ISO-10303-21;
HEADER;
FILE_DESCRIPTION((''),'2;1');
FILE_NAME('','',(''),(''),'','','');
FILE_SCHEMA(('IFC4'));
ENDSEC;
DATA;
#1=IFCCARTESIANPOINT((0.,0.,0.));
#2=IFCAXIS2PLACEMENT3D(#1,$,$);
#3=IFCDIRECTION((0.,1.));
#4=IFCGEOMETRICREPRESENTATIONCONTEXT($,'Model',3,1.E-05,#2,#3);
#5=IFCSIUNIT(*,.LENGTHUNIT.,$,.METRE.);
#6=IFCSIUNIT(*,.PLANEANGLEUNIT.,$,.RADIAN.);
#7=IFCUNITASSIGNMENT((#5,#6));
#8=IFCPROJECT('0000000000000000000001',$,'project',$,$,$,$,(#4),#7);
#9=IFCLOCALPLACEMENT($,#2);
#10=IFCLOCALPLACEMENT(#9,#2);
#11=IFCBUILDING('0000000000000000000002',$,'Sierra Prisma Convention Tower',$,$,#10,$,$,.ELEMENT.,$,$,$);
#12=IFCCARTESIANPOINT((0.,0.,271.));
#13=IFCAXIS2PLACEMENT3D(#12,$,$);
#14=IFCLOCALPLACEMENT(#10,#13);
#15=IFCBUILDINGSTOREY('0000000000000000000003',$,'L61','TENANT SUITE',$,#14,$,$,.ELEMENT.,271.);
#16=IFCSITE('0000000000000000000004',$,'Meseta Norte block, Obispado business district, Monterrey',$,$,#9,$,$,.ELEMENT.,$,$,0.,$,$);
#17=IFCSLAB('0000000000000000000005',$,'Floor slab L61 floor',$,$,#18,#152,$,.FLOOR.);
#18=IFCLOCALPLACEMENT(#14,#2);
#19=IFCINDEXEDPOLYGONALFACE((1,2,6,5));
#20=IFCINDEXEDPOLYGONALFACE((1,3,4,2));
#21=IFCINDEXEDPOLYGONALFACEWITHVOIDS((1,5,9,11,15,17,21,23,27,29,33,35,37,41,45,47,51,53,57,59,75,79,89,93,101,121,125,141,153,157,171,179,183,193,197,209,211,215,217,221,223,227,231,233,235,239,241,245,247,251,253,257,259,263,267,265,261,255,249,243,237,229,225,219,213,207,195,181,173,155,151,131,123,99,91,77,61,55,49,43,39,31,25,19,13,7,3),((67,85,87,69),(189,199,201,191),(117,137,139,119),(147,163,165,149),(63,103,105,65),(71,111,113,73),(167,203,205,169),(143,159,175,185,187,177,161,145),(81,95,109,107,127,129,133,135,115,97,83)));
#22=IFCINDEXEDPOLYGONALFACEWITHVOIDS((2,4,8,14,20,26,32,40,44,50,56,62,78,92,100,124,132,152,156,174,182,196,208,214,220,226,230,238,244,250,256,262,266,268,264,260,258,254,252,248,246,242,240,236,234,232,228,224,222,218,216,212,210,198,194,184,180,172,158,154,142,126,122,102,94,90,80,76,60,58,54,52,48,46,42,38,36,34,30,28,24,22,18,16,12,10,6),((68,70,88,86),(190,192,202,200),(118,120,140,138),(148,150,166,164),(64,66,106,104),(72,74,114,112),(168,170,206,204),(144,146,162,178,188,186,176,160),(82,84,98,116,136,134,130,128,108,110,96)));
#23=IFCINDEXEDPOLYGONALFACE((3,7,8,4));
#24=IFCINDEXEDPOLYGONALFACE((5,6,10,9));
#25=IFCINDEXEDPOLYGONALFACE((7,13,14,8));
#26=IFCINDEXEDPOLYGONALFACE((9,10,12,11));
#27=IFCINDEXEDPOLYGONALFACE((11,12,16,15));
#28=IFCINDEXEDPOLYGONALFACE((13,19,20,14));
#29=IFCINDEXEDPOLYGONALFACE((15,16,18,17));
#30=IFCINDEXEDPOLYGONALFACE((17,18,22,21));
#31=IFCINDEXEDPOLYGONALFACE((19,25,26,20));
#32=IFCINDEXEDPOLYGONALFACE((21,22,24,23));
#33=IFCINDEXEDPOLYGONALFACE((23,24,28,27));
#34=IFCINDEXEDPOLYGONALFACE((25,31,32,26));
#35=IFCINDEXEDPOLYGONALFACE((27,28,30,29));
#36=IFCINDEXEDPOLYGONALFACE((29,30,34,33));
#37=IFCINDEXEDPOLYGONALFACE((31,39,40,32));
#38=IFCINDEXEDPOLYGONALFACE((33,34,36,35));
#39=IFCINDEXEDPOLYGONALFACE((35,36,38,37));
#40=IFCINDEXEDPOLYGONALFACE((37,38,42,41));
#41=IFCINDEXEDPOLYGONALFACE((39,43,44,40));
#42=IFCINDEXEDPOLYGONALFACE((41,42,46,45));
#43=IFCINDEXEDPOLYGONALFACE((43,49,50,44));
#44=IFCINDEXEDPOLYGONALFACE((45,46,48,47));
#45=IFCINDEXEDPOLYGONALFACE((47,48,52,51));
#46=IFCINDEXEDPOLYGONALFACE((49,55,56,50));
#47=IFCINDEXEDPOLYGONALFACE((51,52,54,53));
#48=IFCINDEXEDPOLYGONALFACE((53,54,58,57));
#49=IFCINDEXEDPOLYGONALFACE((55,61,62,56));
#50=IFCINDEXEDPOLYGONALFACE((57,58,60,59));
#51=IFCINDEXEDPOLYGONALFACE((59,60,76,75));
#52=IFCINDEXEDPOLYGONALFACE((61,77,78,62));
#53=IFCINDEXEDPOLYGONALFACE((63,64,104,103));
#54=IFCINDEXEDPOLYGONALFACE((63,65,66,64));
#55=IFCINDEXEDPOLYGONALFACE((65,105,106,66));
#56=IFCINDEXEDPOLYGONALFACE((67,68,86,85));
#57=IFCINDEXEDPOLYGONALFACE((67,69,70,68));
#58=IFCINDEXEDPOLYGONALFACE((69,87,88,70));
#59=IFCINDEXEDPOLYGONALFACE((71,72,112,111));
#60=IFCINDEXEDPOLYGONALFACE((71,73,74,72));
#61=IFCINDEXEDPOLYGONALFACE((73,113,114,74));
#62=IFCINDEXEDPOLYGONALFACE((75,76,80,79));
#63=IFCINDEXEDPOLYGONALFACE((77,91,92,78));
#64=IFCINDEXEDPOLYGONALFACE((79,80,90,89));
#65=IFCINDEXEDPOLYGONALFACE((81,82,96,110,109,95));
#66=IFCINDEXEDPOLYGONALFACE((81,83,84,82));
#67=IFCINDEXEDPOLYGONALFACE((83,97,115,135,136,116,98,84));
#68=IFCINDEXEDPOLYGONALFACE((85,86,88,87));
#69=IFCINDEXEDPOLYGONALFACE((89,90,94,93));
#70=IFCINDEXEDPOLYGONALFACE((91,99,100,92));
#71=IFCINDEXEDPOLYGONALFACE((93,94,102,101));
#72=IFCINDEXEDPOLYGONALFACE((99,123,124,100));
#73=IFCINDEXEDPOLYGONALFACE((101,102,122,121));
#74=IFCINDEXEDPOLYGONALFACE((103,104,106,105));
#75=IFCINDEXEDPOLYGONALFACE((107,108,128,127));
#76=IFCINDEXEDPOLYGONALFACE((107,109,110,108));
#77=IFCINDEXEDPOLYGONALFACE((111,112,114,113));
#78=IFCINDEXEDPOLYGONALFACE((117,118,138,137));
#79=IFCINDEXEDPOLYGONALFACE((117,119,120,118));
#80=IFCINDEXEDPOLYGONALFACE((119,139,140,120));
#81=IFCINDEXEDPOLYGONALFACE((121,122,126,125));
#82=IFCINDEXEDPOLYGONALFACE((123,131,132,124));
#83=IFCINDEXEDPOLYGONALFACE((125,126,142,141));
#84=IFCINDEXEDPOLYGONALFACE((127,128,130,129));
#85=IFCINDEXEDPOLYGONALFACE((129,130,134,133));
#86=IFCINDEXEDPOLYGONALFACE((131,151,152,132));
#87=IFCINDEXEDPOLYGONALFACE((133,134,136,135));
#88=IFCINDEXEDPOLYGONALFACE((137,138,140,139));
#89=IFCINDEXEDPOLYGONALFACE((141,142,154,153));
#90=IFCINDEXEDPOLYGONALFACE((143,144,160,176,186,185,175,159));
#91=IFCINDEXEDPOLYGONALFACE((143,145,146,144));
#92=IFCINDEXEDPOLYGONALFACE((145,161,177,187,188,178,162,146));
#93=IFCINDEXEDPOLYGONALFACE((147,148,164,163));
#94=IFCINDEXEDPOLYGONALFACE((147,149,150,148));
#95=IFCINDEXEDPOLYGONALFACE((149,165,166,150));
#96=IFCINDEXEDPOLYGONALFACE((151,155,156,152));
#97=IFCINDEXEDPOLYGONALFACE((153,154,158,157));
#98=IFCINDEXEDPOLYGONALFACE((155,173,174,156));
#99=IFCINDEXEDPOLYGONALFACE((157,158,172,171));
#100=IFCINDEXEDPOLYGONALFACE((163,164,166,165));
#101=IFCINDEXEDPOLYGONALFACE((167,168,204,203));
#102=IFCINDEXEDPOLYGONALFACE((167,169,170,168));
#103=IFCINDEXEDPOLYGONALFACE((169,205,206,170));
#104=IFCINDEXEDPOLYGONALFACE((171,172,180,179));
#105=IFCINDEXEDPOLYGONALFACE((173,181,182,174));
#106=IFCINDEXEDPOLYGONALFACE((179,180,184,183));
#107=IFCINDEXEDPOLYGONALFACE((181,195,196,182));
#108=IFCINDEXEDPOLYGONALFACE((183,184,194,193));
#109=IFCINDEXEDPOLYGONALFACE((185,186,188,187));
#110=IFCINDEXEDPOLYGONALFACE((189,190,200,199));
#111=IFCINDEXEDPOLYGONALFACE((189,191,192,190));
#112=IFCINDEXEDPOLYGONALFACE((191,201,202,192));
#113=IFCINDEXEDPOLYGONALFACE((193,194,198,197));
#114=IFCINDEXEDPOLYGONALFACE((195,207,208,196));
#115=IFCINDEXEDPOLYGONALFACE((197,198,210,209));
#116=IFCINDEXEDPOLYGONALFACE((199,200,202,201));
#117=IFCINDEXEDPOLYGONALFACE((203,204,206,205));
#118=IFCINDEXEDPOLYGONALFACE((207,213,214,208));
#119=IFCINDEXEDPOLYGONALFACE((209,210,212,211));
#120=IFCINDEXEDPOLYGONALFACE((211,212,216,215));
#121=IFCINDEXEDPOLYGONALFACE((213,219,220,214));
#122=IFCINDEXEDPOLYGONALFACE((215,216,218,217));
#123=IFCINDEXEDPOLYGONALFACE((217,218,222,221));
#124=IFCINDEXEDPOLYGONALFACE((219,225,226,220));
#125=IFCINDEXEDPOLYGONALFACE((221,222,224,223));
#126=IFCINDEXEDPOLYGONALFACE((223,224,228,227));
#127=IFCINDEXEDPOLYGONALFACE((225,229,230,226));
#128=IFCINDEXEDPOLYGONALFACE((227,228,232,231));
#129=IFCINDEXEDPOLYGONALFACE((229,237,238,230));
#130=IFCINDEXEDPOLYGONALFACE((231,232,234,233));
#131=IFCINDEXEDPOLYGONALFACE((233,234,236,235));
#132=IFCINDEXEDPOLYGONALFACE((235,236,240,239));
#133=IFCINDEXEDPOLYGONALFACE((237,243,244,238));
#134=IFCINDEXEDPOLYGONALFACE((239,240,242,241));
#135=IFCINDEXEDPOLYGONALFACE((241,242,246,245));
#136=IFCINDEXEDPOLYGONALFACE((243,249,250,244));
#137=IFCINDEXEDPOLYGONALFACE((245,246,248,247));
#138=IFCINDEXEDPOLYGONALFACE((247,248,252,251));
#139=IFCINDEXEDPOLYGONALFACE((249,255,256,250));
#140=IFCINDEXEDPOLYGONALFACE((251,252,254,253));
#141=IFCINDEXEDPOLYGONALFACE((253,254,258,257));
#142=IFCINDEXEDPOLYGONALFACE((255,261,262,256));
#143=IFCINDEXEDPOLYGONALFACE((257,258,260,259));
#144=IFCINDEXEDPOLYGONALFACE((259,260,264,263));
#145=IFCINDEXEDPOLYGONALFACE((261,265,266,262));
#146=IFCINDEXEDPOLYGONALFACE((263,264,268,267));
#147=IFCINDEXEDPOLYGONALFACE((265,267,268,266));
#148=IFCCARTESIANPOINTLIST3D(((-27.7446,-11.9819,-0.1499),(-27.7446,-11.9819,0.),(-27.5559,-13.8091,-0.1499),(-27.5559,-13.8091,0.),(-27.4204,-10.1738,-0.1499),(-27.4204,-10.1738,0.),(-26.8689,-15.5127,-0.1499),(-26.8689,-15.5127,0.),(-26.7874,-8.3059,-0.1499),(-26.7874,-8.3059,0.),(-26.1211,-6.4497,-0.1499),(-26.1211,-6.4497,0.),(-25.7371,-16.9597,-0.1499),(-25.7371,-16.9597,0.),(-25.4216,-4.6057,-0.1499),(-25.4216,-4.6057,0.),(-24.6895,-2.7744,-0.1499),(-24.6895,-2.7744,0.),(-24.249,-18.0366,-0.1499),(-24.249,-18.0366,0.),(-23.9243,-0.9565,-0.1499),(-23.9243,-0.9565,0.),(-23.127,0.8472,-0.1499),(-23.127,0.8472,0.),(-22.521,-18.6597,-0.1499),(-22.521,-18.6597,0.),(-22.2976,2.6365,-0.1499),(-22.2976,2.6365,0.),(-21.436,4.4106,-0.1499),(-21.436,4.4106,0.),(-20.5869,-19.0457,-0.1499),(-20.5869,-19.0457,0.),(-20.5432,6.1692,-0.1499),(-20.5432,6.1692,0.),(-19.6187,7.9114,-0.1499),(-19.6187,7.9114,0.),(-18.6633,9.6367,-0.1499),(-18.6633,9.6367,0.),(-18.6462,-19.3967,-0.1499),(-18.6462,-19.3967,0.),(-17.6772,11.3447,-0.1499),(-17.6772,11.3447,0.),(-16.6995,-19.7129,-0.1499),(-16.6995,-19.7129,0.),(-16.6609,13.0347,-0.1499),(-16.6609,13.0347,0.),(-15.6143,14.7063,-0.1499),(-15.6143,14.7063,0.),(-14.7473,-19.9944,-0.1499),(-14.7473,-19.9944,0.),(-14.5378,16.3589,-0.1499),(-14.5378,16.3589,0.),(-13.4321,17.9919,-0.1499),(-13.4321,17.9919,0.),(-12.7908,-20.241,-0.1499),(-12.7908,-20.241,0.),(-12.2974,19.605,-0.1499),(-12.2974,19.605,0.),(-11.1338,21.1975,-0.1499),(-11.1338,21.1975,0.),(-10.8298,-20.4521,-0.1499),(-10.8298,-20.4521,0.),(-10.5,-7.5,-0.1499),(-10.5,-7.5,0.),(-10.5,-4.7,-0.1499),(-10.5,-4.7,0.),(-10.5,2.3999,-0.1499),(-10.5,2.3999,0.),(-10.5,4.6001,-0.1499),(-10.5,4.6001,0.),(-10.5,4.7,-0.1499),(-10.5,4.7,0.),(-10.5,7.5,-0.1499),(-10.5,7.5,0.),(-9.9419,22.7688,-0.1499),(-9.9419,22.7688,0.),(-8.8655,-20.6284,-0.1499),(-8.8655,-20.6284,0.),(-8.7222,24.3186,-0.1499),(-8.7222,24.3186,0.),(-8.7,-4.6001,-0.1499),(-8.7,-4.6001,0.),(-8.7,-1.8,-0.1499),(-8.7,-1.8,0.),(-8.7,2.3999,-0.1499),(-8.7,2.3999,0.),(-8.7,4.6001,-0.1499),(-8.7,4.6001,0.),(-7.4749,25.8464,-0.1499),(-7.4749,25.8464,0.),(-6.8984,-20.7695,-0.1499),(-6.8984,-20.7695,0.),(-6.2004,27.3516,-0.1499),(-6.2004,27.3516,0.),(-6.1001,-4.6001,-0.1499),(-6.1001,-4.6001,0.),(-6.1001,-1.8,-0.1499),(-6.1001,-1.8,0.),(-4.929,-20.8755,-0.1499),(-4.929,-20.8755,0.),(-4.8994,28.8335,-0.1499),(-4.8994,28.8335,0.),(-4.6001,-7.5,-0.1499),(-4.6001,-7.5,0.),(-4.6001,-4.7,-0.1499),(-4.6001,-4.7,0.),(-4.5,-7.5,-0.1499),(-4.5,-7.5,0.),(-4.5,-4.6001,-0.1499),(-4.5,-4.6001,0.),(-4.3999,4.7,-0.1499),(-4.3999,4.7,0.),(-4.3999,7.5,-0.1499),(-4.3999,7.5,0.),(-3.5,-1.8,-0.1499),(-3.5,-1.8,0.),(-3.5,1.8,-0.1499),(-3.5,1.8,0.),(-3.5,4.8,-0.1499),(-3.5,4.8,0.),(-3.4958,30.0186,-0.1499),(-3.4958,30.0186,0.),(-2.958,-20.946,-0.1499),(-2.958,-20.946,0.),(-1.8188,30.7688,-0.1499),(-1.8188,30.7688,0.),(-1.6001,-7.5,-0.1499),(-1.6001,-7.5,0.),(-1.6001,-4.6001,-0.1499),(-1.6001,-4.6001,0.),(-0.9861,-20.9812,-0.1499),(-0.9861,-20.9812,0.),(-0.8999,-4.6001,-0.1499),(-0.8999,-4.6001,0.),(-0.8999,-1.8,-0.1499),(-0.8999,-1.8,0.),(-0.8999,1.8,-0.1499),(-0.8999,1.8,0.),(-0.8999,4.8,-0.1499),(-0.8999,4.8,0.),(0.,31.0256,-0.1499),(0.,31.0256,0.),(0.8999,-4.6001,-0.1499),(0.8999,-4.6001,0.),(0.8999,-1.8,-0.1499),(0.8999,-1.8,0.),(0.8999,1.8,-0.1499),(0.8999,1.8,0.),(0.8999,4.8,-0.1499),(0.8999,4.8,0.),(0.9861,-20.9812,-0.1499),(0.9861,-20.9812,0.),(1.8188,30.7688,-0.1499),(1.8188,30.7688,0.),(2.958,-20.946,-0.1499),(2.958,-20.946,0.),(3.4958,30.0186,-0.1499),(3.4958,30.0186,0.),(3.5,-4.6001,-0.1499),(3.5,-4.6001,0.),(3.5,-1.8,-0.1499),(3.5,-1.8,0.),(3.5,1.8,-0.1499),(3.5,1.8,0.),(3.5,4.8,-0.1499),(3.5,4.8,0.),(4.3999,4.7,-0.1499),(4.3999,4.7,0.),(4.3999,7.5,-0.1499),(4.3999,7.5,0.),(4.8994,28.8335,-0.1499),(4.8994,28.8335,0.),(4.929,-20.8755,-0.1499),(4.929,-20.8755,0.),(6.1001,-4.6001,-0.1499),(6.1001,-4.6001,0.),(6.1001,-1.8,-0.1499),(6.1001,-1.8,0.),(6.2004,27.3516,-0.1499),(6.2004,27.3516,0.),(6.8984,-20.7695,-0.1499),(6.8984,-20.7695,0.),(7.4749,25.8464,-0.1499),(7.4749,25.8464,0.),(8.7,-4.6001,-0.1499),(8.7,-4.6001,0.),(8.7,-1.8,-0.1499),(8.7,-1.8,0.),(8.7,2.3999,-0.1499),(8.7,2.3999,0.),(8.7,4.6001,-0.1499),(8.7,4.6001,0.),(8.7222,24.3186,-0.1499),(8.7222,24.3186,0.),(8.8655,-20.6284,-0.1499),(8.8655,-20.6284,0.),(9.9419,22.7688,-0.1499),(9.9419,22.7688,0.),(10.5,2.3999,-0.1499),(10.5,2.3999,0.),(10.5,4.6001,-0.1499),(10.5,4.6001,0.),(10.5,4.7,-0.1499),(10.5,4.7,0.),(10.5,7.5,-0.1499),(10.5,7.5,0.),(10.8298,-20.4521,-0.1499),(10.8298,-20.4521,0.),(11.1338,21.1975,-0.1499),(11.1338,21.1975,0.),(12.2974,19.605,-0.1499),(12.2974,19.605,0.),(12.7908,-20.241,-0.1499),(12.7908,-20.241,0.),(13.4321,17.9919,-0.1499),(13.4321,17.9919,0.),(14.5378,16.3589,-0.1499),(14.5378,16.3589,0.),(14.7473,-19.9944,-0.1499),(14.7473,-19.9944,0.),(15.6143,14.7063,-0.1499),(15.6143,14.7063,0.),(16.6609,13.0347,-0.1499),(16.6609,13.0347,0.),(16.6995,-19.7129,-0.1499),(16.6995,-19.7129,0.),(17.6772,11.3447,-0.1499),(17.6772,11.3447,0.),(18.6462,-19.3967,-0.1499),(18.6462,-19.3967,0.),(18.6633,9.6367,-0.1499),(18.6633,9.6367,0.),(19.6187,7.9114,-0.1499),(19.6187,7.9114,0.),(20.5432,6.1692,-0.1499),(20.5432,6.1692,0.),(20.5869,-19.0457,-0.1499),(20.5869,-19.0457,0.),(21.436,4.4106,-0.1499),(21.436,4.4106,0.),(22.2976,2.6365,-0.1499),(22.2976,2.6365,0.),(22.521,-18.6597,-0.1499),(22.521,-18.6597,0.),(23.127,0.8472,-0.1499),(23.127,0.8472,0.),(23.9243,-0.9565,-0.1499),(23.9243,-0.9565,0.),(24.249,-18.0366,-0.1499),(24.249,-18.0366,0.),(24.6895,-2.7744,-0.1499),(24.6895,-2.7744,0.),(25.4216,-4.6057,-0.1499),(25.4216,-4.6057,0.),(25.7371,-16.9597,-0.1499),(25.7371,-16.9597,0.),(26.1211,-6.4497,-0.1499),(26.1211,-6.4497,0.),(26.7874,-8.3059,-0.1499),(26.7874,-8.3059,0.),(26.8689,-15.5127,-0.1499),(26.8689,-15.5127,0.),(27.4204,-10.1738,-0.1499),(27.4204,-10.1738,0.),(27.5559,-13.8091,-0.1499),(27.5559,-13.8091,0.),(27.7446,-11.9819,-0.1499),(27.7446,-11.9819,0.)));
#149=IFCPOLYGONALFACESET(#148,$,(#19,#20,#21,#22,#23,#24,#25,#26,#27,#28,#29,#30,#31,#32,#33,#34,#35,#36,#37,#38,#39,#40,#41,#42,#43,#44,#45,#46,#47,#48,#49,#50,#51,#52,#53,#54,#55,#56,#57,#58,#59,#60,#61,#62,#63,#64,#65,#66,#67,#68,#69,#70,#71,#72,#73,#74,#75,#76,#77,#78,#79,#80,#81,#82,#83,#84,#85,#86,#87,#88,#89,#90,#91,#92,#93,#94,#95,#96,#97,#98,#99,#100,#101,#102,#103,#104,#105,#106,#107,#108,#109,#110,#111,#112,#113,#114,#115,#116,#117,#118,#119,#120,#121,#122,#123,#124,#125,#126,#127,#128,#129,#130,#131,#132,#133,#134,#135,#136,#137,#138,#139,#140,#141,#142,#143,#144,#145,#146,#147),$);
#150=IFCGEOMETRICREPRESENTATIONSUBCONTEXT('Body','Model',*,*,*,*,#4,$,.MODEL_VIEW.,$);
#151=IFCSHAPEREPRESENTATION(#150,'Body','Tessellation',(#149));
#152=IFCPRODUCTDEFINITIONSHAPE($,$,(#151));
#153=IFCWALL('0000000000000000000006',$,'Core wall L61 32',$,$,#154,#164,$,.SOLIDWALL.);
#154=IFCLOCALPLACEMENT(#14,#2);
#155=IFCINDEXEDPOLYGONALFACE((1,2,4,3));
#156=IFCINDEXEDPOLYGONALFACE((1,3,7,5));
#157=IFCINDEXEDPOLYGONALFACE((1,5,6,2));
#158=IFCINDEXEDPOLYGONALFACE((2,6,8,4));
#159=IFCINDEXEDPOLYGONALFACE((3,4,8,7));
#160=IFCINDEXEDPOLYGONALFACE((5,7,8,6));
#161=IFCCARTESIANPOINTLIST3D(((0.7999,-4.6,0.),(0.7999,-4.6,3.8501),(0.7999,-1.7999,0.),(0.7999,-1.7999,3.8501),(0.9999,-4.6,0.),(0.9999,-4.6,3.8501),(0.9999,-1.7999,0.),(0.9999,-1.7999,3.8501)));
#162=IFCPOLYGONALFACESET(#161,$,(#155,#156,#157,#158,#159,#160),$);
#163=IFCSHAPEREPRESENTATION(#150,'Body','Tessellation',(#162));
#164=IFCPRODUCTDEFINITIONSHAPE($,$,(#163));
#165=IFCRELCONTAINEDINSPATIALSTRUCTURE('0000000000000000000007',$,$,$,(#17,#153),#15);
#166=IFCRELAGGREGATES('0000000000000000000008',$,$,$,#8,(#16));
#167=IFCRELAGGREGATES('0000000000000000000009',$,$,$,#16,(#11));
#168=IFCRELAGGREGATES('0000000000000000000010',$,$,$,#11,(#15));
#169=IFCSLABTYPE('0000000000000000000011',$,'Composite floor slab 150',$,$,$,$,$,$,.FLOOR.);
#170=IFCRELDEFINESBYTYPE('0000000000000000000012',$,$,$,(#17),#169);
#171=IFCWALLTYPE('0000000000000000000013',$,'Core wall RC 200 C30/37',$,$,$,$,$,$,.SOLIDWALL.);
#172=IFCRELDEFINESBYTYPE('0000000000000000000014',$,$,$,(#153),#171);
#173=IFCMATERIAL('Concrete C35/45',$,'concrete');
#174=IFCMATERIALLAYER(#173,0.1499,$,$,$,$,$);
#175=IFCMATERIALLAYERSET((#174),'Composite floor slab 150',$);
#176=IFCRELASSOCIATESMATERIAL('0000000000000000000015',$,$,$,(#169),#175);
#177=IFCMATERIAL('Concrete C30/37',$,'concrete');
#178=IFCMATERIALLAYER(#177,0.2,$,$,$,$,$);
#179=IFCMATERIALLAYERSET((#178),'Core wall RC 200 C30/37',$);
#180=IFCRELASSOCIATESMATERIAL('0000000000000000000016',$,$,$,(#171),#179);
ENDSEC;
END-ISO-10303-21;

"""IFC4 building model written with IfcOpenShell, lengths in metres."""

from ifc_helpers import new_model, si_unit, direction, frame, frame_2d, origin, place, context, subcontext, project, spatial, polyline, rectangle, outline, extrude, material, layer, layer_set, type_object, element, save


model = new_model("IFC4")

# Units and contexts
model_context = context("Model", 3, precision=1e-05, world=origin(), true_north=direction((0.0, 1.0)))
body_context = subcontext(model_context, "Body", "Model", "MODEL_VIEW")
ifc_project = project(units=[si_unit("LENGTHUNIT", "METRE"), si_unit("PLANEANGLEUNIT", "RADIAN")], contexts=[model_context])

# Site, building, storey
site_placement = place(None, origin())
site = spatial("IfcSite", under=ifc_project, at=site_placement, Name="Meseta Norte block, Obispado business district, Monterrey", CompositionType="ELEMENT", RefElevation=0.0)
building_placement = place(site_placement, origin())
building = spatial("IfcBuilding", under=site, at=building_placement, Name="Sierra Prisma Convention Tower", CompositionType="ELEMENT")
storey_placement = place(building_placement, frame((0.0, 0.0, 271.0)))
storey = spatial("IfcBuildingStorey", under=building, at=storey_placement, Name="L61", Description="TENANT SUITE", CompositionType="ELEMENT", Elevation=271.0)

# Slab
ifc_material_1 = material(Name="Concrete C35/45", Category="concrete")
ifc_layer_1 = layer(ifc_material_1, 0.1499)
ifc_layer_set_1 = layer_set([ifc_layer_1], Name="Composite floor slab 150")
slab_type = type_object("IfcSlabType", Name="Composite floor slab 150", PredefinedType="FLOOR", material=ifc_layer_set_1)
slab_placement = place(storey_placement, frame((0.0, 0.0, -0.1499)))
element("IfcSlab", 1, at=slab_placement, inside=storey, type_object=slab_type, Name="Floor slab L61 floor", PredefinedType="FLOOR", context=body_context, shape_type="SweptSolid", body=[
    extrude(outline(polyline([(-22.521, -18.6597), (-20.5869, -19.0457), (-18.6462, -19.3967), (-16.6995, -19.7129), (-14.7473, -19.9944), (-12.7908, -20.241), (-10.8298, -20.4521), (-8.8655, -20.6284), (-6.8984, -20.7695), (-4.929, -20.8755), (-2.958, -20.946), (-0.9861, -20.9812), (0.9861, -20.9812), (2.958, -20.946), (4.929, -20.8755), (6.8984, -20.7695), (8.8655, -20.6284), (10.8298, -20.4521), (12.7908, -20.241), (14.7473, -19.9944), (16.6995, -19.7129), (18.6462, -19.3967), (20.5869, -19.0457), (22.521, -18.6597), (24.249, -18.0366), (25.7371, -16.9597), (26.8689, -15.5127), (27.5559, -13.8091), (27.7446, -11.9819), (27.4204, -10.1738), (26.7874, -8.3059), (26.1211, -6.4497), (25.4216, -4.6057), (24.6895, -2.7744), (23.9243, -0.9565), (23.127, 0.8472), (22.2976, 2.6365), (21.436, 4.4106), (20.5432, 6.1692), (19.6187, 7.9114), (18.6633, 9.6367), (17.6772, 11.3447), (16.6609, 13.0347), (15.6143, 14.7063), (14.5378, 16.3589), (13.4321, 17.9919), (12.2974, 19.605), (11.1338, 21.1975), (9.9419, 22.7688), (8.7222, 24.3186), (7.4749, 25.8464), (6.2004, 27.3516), (4.8994, 28.8335), (3.4958, 30.0186), (1.8188, 30.7688), (0.0, 31.0256), (-1.8188, 30.7688), (-3.4958, 30.0186), (-4.8994, 28.8335), (-6.2004, 27.3516), (-7.4749, 25.8464), (-8.7222, 24.3186), (-9.9419, 22.7688), (-11.1338, 21.1975), (-12.2974, 19.605), (-13.4321, 17.9919), (-14.5378, 16.3589), (-15.6143, 14.7063), (-16.6609, 13.0347), (-17.6772, 11.3447), (-18.6633, 9.6367), (-19.6187, 7.9114), (-20.5432, 6.1692), (-21.436, 4.4106), (-22.2976, 2.6365), (-23.127, 0.8472), (-23.9243, -0.9565), (-24.6895, -2.7744), (-25.4216, -4.6057), (-26.1211, -6.4497), (-26.7874, -8.3059), (-27.4204, -10.1738), (-27.7446, -11.9819), (-27.5559, -13.8091), (-26.8689, -15.5127), (-25.7371, -16.9597), (-24.249, -18.0366), (-22.521, -18.6597)]), holes=[polyline([(-4.6001, -4.7), (-4.6001, -7.5), (-10.5, -7.5), (-10.5, -4.7), (-4.6001, -4.7)]), polyline([(-4.5, -7.5), (-4.5, -4.6001), (-6.1001, -4.6001), (-8.7, -4.6001), (-8.7, -1.8), (-6.1001, -1.8), (-3.5, -1.8), (-0.8999, -1.8), (-0.8999, -4.6001), (-1.6001, -4.6001), (-1.6001, -7.5), (-4.5, -7.5)]), polyline([(-8.7, 2.3999), (-10.5, 2.3999), (-10.5, 4.6001), (-8.7, 4.6001), (-8.7, 2.3999)]), polyline([(-4.3999, 4.7), (-10.5, 4.7), (-10.5, 7.5), (-4.3999, 7.5), (-4.3999, 4.7)]), polyline([(3.5, -1.8), (6.1001, -1.8), (8.7, -1.8), (8.7, -4.6001), (6.1001, -4.6001), (3.5, -4.6001), (0.8999, -4.6001), (0.8999, -1.8), (3.5, -1.8)]), polyline([(-0.8999, 1.8), (-3.5, 1.8), (-3.5, 4.8), (-0.8999, 4.8), (-0.8999, 1.8)]), polyline([(3.5, 1.8), (0.8999, 1.8), (0.8999, 4.8), (3.5, 4.8), (3.5, 1.8)]), polyline([(10.5, 2.3999), (8.7, 2.3999), (8.7, 4.6001), (10.5, 4.6001), (10.5, 2.3999)]), polyline([(10.5, 4.7), (4.3999, 4.7), (4.3999, 7.5), (10.5, 7.5), (10.5, 4.7)])]), origin(), (0.0, 0.0, 1.0), 0.1499),
])

# Shared definitions
ifc_material_2 = material(Name="Concrete C30/37", Category="concrete")
ifc_layer_2 = layer(ifc_material_2, 0.2)
ifc_layer_set_2 = layer_set([ifc_layer_2], Name="Core wall RC 200 C30/37")
wall_type = type_object("IfcWallType", Name="Core wall RC 200 C30/37", PredefinedType="SOLIDWALL", material=ifc_layer_set_2)

# Wall
wall_1_placement = place(storey_placement, frame((0.8999, -1.8, 0.0), z_axis=(0.0, 0.0, 1.0), x_axis=(0.0, -1.0, 0.0)))
element("IfcWall", 2, at=wall_1_placement, inside=storey, type_object=wall_type, Name="Core wall L61 32", PredefinedType="SOLIDWALL", context=body_context, shape_type="SweptSolid", body=[
    extrude(rectangle(XDim=2.8, YDim=0.2, at=frame_2d((1.3999, 0.0))), origin(), (0.0, 0.0, 1.0), 3.8501),
])

save(model, "model.ifc")
